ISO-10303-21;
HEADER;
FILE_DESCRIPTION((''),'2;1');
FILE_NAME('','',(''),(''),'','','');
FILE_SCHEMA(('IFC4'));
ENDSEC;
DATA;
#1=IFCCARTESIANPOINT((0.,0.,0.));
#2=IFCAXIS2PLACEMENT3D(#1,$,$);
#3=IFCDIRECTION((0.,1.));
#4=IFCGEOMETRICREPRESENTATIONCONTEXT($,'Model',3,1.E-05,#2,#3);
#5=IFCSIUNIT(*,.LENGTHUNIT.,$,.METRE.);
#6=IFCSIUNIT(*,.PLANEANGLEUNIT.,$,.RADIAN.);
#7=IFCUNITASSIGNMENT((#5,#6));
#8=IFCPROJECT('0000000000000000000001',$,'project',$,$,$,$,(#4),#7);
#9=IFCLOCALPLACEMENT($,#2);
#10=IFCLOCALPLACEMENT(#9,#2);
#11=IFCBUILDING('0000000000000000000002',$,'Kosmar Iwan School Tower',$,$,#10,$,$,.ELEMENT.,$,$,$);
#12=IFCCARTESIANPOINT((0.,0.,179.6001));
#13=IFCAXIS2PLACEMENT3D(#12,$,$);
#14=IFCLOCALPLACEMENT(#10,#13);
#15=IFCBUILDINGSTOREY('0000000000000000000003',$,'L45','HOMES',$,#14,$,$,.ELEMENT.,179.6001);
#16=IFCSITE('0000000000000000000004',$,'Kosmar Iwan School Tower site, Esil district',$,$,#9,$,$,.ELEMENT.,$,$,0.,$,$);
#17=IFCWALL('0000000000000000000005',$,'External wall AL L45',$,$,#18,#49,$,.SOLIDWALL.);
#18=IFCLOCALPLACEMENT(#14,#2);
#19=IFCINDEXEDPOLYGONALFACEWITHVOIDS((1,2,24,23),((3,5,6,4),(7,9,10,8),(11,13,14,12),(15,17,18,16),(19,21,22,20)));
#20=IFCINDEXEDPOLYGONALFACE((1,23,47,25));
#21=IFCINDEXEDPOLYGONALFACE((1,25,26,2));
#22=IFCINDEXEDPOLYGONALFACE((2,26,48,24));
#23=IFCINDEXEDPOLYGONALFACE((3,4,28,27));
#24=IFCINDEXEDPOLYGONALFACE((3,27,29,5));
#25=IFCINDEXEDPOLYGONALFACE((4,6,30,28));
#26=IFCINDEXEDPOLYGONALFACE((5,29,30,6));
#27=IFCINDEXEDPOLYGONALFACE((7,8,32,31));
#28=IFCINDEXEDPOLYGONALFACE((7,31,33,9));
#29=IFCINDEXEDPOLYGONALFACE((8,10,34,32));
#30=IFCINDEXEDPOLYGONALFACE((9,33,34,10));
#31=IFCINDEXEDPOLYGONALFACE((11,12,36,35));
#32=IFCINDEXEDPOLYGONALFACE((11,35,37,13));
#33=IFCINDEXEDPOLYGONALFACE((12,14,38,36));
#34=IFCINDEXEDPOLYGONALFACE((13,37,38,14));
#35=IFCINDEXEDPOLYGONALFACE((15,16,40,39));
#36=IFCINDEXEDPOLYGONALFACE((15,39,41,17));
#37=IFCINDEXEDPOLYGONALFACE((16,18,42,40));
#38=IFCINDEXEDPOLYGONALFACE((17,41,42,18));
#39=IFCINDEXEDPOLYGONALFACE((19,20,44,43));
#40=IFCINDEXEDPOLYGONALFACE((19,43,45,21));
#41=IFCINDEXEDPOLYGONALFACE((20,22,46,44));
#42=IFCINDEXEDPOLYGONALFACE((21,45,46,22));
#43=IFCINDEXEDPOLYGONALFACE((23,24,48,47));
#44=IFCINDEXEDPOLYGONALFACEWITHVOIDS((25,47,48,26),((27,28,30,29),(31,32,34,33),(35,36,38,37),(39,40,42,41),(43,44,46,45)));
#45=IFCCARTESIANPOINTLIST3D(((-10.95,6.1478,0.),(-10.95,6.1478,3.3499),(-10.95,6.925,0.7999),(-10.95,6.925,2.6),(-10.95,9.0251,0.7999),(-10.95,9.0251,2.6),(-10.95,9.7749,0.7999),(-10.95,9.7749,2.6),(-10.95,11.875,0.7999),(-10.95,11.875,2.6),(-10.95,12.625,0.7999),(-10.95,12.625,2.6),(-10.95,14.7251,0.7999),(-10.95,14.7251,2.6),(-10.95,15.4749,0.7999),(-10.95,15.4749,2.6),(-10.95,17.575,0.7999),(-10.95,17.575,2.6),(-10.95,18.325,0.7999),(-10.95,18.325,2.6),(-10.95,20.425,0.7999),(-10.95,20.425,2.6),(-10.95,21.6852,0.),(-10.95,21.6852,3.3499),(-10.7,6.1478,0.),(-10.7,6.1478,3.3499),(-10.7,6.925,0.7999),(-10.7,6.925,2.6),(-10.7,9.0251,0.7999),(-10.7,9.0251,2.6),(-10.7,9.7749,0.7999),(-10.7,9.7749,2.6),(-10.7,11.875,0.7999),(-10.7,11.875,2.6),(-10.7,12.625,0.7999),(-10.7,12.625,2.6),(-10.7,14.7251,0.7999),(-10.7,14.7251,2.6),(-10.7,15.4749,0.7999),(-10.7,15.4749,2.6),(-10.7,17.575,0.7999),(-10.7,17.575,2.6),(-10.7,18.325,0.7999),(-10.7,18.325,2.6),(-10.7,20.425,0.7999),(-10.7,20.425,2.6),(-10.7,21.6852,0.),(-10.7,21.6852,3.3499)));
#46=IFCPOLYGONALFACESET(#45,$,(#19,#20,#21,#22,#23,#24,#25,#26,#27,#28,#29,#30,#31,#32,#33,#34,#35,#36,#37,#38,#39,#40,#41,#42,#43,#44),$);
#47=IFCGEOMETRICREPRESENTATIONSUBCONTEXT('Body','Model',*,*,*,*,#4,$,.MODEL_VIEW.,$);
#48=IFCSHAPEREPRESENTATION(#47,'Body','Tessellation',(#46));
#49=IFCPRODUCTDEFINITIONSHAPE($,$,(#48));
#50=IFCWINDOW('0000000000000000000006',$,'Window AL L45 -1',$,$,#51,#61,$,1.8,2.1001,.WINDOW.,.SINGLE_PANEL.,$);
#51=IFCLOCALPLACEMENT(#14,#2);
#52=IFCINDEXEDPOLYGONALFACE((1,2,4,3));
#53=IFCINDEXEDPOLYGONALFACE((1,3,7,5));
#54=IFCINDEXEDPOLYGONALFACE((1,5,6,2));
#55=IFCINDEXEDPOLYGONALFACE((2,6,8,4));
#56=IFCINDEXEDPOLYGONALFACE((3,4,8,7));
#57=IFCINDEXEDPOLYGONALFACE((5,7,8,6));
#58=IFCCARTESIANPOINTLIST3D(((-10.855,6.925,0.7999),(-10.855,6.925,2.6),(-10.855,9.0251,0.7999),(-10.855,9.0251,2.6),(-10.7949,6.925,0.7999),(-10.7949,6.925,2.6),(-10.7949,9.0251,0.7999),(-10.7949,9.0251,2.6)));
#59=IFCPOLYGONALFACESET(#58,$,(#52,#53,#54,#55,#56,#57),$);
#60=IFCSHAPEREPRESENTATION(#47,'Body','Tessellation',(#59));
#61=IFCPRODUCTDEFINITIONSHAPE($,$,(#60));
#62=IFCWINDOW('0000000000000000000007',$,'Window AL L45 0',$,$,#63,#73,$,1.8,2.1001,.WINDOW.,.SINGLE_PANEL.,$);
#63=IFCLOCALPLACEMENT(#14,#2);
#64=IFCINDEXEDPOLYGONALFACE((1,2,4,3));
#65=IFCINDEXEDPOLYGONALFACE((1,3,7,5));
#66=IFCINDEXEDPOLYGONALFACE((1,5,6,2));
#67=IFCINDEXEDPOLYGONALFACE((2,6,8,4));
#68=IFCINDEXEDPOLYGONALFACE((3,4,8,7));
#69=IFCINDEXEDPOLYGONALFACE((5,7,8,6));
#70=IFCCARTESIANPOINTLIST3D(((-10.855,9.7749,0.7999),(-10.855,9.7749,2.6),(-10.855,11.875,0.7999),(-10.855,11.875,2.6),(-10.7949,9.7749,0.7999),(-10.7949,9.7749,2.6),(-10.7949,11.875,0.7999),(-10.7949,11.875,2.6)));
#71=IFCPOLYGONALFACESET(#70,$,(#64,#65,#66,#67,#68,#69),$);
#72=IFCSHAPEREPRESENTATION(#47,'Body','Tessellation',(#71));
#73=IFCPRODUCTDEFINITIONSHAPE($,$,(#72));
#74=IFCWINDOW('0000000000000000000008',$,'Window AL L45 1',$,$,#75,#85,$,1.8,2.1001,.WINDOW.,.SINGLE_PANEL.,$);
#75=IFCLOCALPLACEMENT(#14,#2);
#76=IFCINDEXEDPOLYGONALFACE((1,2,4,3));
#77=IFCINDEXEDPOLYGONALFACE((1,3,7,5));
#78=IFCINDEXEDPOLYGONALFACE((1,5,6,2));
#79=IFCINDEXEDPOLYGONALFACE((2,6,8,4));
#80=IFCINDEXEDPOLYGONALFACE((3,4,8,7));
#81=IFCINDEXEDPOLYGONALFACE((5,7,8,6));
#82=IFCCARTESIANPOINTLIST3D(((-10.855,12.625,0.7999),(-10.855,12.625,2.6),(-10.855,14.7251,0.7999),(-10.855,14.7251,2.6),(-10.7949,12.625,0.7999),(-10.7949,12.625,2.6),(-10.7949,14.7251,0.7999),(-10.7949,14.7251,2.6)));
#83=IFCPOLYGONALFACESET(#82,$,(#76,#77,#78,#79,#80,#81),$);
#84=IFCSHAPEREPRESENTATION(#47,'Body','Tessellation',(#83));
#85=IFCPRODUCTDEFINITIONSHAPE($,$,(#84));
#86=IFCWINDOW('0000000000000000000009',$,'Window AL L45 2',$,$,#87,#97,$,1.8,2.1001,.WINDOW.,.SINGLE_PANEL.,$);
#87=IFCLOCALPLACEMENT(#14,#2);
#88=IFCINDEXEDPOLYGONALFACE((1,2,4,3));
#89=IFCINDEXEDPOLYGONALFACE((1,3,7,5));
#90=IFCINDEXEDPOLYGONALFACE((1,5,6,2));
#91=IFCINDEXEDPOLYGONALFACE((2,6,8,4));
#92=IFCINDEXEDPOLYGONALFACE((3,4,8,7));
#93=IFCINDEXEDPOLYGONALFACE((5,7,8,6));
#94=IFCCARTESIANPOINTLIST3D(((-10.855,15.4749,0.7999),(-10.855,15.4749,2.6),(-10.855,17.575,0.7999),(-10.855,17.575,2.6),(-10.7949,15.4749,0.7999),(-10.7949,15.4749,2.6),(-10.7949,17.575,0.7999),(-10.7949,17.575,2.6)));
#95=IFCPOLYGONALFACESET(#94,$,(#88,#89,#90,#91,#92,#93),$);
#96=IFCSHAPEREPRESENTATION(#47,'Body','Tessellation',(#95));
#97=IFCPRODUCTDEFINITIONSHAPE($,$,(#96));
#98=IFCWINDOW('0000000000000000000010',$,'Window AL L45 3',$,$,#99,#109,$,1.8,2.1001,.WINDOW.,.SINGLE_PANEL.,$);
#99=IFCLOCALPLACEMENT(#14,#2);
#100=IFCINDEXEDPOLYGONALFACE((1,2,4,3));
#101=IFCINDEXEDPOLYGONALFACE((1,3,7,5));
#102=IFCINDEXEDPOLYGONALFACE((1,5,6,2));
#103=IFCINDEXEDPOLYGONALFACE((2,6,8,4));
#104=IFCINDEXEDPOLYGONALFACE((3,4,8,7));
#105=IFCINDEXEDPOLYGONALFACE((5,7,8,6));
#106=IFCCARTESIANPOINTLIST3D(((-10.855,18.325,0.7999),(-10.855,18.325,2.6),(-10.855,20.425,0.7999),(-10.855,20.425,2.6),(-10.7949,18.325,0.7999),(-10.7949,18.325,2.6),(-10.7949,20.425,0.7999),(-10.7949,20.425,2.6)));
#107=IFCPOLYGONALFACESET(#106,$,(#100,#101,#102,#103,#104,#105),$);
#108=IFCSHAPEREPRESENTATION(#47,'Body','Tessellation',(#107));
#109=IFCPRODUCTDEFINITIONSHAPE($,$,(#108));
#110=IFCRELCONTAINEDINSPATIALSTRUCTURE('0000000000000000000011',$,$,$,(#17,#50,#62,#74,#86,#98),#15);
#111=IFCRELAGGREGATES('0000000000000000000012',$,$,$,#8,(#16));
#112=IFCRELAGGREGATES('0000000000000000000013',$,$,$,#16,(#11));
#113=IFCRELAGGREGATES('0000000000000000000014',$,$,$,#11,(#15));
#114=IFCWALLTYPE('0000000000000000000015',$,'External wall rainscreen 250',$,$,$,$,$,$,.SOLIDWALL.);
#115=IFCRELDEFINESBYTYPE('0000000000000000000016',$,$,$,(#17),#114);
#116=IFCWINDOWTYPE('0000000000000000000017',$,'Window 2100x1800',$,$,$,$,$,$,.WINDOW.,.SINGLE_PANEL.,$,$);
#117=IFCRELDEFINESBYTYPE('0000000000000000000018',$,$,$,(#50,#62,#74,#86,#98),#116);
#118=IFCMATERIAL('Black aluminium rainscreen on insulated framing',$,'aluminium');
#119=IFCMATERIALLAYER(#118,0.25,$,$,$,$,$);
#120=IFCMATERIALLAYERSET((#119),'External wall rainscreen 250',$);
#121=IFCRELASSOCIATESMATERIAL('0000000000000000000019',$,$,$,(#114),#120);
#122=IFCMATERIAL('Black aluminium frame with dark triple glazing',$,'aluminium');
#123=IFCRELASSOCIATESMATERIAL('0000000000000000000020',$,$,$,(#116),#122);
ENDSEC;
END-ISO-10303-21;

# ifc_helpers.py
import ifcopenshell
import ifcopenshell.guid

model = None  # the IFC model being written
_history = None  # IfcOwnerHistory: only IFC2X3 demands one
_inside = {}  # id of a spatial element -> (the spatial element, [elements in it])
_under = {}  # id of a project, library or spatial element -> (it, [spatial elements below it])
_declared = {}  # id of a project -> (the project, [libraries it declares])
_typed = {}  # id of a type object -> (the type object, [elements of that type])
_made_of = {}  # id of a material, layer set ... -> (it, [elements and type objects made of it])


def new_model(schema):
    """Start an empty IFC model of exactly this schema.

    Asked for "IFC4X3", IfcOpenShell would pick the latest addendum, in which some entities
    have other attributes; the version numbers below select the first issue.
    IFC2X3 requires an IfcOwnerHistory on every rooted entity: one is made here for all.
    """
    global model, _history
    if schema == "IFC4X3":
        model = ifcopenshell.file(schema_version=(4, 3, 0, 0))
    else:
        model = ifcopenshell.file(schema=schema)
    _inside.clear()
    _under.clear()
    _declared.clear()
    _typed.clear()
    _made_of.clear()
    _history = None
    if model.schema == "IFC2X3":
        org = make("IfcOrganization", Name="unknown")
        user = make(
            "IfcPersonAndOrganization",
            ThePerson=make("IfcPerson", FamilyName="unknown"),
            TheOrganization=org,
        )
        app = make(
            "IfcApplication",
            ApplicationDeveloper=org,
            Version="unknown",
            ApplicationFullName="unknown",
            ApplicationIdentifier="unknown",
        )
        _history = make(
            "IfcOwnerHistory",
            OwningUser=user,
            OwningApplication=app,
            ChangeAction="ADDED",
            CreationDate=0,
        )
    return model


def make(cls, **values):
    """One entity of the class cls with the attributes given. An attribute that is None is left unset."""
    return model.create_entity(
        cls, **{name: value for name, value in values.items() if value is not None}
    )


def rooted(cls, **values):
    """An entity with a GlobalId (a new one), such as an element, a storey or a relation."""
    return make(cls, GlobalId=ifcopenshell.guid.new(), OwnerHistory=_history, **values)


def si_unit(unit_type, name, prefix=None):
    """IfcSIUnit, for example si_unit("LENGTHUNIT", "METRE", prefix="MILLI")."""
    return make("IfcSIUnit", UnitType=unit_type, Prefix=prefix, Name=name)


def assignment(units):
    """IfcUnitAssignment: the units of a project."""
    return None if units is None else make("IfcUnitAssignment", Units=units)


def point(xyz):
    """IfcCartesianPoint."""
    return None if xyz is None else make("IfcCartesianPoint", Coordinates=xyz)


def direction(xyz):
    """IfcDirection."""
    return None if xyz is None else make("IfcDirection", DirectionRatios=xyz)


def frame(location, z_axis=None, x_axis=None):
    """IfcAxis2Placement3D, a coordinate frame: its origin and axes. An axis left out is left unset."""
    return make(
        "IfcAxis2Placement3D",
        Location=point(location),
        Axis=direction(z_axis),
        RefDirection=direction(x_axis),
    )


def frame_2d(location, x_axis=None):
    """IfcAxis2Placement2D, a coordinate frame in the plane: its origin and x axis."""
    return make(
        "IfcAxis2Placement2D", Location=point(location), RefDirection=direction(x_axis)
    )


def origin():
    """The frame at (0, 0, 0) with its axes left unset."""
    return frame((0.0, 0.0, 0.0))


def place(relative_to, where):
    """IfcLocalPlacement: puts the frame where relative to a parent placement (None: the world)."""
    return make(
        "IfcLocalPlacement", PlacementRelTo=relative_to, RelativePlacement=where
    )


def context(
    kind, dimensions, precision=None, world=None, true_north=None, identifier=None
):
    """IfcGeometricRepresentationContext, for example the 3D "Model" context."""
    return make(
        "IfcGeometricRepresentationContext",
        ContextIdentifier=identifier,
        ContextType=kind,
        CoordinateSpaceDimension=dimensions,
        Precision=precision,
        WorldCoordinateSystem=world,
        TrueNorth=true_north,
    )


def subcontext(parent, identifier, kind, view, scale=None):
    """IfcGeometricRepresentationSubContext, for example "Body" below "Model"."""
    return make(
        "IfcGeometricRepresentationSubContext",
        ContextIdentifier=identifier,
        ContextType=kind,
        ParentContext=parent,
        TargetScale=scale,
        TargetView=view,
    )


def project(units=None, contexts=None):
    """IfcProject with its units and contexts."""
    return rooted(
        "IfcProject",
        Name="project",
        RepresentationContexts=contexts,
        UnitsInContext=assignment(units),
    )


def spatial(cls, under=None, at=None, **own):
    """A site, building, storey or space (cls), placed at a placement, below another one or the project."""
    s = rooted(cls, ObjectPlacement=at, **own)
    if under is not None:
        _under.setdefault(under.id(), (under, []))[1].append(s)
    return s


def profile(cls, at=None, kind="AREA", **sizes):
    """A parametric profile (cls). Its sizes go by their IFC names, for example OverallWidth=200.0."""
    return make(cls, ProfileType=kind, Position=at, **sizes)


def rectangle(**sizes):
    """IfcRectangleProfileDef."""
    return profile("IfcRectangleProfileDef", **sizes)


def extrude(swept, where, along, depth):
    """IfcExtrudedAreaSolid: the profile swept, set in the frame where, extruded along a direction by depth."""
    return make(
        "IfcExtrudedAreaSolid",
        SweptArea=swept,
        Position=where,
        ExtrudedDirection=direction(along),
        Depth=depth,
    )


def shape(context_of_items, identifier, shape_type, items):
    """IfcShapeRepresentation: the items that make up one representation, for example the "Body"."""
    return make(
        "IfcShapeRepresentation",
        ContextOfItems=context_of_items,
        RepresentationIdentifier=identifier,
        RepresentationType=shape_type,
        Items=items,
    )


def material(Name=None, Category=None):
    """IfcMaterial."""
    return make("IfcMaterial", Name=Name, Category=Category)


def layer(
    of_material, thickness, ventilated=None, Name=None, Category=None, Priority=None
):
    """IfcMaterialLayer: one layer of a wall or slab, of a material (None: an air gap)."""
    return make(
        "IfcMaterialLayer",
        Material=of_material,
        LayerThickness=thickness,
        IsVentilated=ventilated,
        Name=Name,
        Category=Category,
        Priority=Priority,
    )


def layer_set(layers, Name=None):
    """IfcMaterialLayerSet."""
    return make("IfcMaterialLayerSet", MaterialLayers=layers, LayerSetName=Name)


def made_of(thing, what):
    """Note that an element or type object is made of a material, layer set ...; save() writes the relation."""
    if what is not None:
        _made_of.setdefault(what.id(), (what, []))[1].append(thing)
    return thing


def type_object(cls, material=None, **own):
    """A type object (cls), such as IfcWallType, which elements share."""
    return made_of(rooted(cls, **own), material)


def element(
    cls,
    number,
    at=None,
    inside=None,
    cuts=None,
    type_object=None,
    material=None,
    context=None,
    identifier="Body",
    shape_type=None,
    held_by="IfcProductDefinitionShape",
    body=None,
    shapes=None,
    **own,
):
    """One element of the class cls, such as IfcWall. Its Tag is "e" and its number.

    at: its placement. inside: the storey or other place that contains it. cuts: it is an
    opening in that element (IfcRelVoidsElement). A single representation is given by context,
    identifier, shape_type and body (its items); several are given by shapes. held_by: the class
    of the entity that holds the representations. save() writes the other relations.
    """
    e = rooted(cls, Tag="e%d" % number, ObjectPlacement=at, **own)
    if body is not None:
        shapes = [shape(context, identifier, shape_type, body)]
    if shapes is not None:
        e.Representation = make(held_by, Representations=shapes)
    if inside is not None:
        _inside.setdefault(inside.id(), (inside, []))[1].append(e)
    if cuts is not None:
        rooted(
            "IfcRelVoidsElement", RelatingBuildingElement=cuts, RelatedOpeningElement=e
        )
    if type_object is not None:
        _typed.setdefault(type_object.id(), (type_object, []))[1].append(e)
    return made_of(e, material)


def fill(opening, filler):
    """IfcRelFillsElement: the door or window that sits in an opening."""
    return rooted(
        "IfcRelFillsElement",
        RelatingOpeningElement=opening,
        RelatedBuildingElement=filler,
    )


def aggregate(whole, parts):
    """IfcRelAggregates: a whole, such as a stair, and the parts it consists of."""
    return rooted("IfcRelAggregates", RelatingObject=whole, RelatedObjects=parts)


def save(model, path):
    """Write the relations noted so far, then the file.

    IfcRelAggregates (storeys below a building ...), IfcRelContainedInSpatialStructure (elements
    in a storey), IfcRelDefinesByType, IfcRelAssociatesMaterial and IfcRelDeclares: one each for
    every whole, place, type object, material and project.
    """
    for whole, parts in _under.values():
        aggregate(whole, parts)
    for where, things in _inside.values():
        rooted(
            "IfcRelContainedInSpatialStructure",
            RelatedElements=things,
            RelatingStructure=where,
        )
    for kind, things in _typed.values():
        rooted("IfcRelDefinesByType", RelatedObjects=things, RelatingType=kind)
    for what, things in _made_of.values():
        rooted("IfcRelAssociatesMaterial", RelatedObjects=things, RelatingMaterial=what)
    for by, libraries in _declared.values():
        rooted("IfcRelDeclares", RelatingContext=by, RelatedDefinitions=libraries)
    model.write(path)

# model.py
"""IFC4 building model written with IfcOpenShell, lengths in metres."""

from ifc_helpers import new_model, si_unit, direction, frame, frame_2d, origin, place, context, subcontext, project, spatial, rectangle, extrude, material, layer, layer_set, type_object, element, fill, save


model = new_model("IFC4")

# Units and contexts
model_context = context("Model", 3, precision=1e-05, world=origin(), true_north=direction((0.0, 1.0)))
body_context = subcontext(model_context, "Body", "Model", "MODEL_VIEW")
ifc_project = project(units=[si_unit("LENGTHUNIT", "METRE"), si_unit("PLANEANGLEUNIT", "RADIAN")], contexts=[model_context])

# Site, building, storey
site_placement = place(None, origin())
site = spatial("IfcSite", under=ifc_project, at=site_placement, Name="Kosmar Iwan School Tower site, Esil district", CompositionType="ELEMENT", RefElevation=0.0)
building_placement = place(site_placement, origin())
building = spatial("IfcBuilding", under=site, at=building_placement, Name="Kosmar Iwan School Tower", CompositionType="ELEMENT")
storey_placement = place(building_placement, frame((0.0, 0.0, 179.6001)))
storey = spatial("IfcBuildingStorey", under=building, at=storey_placement, Name="L45", Description="HOMES", CompositionType="ELEMENT", Elevation=179.6001)

# Wall, openings, windows
ifc_material_1 = material(Name="Black aluminium rainscreen on insulated framing", Category="aluminium")
ifc_layer = layer(ifc_material_1, 0.25)
ifc_layer_set = layer_set([ifc_layer], Name="External wall rainscreen 250")
wall_type = type_object("IfcWallType", Name="External wall rainscreen 250", PredefinedType="SOLIDWALL", material=ifc_layer_set)
wall_1_placement = place(storey_placement, frame((-10.825, 6.1479, 0.0), z_axis=(0.0, 0.0, 1.0), x_axis=(0.0, 1.0, 0.0)))
wall_1 = element("IfcWall", 1, at=wall_1_placement, inside=storey, type_object=wall_type, Name="External wall AL L45", PredefinedType="SOLIDWALL", context=body_context, shape_type="SweptSolid", body=[
    extrude(rectangle(XDim=15.5374, YDim=0.25, at=frame_2d((7.7686, 0.0))), origin(), (0.0, 0.0, 1.0), 3.3499),
])
opening_1_placement = place(wall_1_placement, frame((0.7771, 0.0, 0.8)))
opening_1 = element("IfcOpeningElement", 2, at=opening_1_placement, cuts=wall_1, PredefinedType="OPENING", context=body_context, shape_type="SweptSolid", body=[
    extrude(rectangle(XDim=2.1001, YDim=1.8, at=frame_2d((1.05, 0.8999))), frame((0.0, 0.137, 0.0), z_axis=(0.0, -1.0, 0.0), x_axis=(1.0, 0.0, 0.0)), (0.0, 0.0, 1.0), 0.2739),
])
opening_2_placement = place(wall_1_placement, frame((3.627, 0.0, 0.8)))
opening_2 = element("IfcOpeningElement", 3, at=opening_2_placement, cuts=wall_1, PredefinedType="OPENING", context=body_context, shape_type="SweptSolid", body=[
    extrude(rectangle(XDim=2.1001, YDim=1.8, at=frame_2d((1.05, 0.8999))), frame((0.0, 0.137, 0.0), z_axis=(0.0, -1.0, 0.0), x_axis=(1.0, 0.0, 0.0)), (0.0, 0.0, 1.0), 0.2739),
])
opening_3_placement = place(wall_1_placement, frame((6.4771, 0.0, 0.8)))
opening_3 = element("IfcOpeningElement", 4, at=opening_3_placement, cuts=wall_1, PredefinedType="OPENING", context=body_context, shape_type="SweptSolid", body=[
    extrude(rectangle(XDim=2.1001, YDim=1.8, at=frame_2d((1.05, 0.8999))), frame((0.0, 0.137, 0.0), z_axis=(0.0, -1.0, 0.0), x_axis=(1.0, 0.0, 0.0)), (0.0, 0.0, 1.0), 0.2739),
])
opening_4_placement = place(wall_1_placement, frame((9.3269, 0.0, 0.8)))
opening_4 = element("IfcOpeningElement", 5, at=opening_4_placement, cuts=wall_1, PredefinedType="OPENING", context=body_context, shape_type="SweptSolid", body=[
    extrude(rectangle(XDim=2.1001, YDim=1.8, at=frame_2d((1.05, 0.8999))), frame((0.0, 0.137, 0.0), z_axis=(0.0, -1.0, 0.0), x_axis=(1.0, 0.0, 0.0)), (0.0, 0.0, 1.0), 0.2739),
])
opening_5_placement = place(wall_1_placement, frame((12.177, 0.0, 0.8)))
opening_5 = element("IfcOpeningElement", 6, at=opening_5_placement, cuts=wall_1, PredefinedType="OPENING", context=body_context, shape_type="SweptSolid", body=[
    extrude(rectangle(XDim=2.1001, YDim=1.8, at=frame_2d((1.05, 0.8999))), frame((0.0, 0.137, 0.0), z_axis=(0.0, -1.0, 0.0), x_axis=(1.0, 0.0, 0.0)), (0.0, 0.0, 1.0), 0.2739),
])
ifc_material_2 = material(Name="Black aluminium frame with dark triple glazing", Category="aluminium")
window_type = type_object("IfcWindowType", Name="Window 2100x1800", PartitioningType="SINGLE_PANEL", PredefinedType="WINDOW", material=ifc_material_2)
window_1_placement = place(opening_1_placement, origin())
window_1 = element("IfcWindow", 7, at=window_1_placement, inside=storey, type_object=window_type, Name="Window AL L45 -1", OverallHeight=1.8, OverallWidth=2.1001, PartitioningType="SINGLE_PANEL", PredefinedType="WINDOW", context=body_context, shape_type="SweptSolid", body=[
    extrude(rectangle(XDim=2.1001, YDim=1.8, at=frame_2d((1.05, 0.8999))), frame((0.0, 0.03, 0.0), z_axis=(0.0, -1.0, 0.0), x_axis=(1.0, 0.0, 0.0)), (0.0, 0.0, 1.0), 0.0601),
])
fill(opening_1, window_1)
window_2_placement = place(opening_2_placement, origin())
window_2 = element("IfcWindow", 8, at=window_2_placement, inside=storey, type_object=window_type, Name="Window AL L45 0", OverallHeight=1.8, OverallWidth=2.1001, PartitioningType="SINGLE_PANEL", PredefinedType="WINDOW", context=body_context, shape_type="SweptSolid", body=[
    extrude(rectangle(XDim=2.1001, YDim=1.8, at=frame_2d((1.05, 0.8999))), frame((0.0, 0.03, 0.0), z_axis=(0.0, -1.0, 0.0), x_axis=(1.0, 0.0, 0.0)), (0.0, 0.0, 1.0), 0.0601),
])
fill(opening_2, window_2)
window_3_placement = place(opening_3_placement, origin())
window_3 = element("IfcWindow", 9, at=window_3_placement, inside=storey, type_object=window_type, Name="Window AL L45 1", OverallHeight=1.8, OverallWidth=2.1001, PartitioningType="SINGLE_PANEL", PredefinedType="WINDOW", context=body_context, shape_type="SweptSolid", body=[
    extrude(rectangle(XDim=2.1001, YDim=1.8, at=frame_2d((1.05, 0.8999))), frame((0.0, 0.03, 0.0), z_axis=(0.0, -1.0, 0.0), x_axis=(1.0, 0.0, 0.0)), (0.0, 0.0, 1.0), 0.0601),
])
fill(opening_3, window_3)
window_4_placement = place(opening_4_placement, origin())
window_4 = element("IfcWindow", 10, at=window_4_placement, inside=storey, type_object=window_type, Name="Window AL L45 2", OverallHeight=1.8, OverallWidth=2.1001, PartitioningType="SINGLE_PANEL", PredefinedType="WINDOW", context=body_context, shape_type="SweptSolid", body=[
    extrude(rectangle(XDim=2.1001, YDim=1.8, at=frame_2d((1.05, 0.8999))), frame((0.0, 0.03, 0.0), z_axis=(0.0, -1.0, 0.0), x_axis=(1.0, 0.0, 0.0)), (0.0, 0.0, 1.0), 0.0601),
])
fill(opening_4, window_4)
window_5_placement = place(opening_5_placement, origin())
window_5 = element("IfcWindow", 11, at=window_5_placement, inside=storey, type_object=window_type, Name="Window AL L45 3", OverallHeight=1.8, OverallWidth=2.1001, PartitioningType="SINGLE_PANEL", PredefinedType="WINDOW", context=body_context, shape_type="SweptSolid", body=[
    extrude(rectangle(XDim=2.1001, YDim=1.8, at=frame_2d((1.05, 0.8999))), frame((0.0, 0.03, 0.0), z_axis=(0.0, -1.0, 0.0), x_axis=(1.0, 0.0, 0.0)), (0.0, 0.0, 1.0), 0.0601),
])
fill(opening_5, window_5)

save(model, "model.ifc")
